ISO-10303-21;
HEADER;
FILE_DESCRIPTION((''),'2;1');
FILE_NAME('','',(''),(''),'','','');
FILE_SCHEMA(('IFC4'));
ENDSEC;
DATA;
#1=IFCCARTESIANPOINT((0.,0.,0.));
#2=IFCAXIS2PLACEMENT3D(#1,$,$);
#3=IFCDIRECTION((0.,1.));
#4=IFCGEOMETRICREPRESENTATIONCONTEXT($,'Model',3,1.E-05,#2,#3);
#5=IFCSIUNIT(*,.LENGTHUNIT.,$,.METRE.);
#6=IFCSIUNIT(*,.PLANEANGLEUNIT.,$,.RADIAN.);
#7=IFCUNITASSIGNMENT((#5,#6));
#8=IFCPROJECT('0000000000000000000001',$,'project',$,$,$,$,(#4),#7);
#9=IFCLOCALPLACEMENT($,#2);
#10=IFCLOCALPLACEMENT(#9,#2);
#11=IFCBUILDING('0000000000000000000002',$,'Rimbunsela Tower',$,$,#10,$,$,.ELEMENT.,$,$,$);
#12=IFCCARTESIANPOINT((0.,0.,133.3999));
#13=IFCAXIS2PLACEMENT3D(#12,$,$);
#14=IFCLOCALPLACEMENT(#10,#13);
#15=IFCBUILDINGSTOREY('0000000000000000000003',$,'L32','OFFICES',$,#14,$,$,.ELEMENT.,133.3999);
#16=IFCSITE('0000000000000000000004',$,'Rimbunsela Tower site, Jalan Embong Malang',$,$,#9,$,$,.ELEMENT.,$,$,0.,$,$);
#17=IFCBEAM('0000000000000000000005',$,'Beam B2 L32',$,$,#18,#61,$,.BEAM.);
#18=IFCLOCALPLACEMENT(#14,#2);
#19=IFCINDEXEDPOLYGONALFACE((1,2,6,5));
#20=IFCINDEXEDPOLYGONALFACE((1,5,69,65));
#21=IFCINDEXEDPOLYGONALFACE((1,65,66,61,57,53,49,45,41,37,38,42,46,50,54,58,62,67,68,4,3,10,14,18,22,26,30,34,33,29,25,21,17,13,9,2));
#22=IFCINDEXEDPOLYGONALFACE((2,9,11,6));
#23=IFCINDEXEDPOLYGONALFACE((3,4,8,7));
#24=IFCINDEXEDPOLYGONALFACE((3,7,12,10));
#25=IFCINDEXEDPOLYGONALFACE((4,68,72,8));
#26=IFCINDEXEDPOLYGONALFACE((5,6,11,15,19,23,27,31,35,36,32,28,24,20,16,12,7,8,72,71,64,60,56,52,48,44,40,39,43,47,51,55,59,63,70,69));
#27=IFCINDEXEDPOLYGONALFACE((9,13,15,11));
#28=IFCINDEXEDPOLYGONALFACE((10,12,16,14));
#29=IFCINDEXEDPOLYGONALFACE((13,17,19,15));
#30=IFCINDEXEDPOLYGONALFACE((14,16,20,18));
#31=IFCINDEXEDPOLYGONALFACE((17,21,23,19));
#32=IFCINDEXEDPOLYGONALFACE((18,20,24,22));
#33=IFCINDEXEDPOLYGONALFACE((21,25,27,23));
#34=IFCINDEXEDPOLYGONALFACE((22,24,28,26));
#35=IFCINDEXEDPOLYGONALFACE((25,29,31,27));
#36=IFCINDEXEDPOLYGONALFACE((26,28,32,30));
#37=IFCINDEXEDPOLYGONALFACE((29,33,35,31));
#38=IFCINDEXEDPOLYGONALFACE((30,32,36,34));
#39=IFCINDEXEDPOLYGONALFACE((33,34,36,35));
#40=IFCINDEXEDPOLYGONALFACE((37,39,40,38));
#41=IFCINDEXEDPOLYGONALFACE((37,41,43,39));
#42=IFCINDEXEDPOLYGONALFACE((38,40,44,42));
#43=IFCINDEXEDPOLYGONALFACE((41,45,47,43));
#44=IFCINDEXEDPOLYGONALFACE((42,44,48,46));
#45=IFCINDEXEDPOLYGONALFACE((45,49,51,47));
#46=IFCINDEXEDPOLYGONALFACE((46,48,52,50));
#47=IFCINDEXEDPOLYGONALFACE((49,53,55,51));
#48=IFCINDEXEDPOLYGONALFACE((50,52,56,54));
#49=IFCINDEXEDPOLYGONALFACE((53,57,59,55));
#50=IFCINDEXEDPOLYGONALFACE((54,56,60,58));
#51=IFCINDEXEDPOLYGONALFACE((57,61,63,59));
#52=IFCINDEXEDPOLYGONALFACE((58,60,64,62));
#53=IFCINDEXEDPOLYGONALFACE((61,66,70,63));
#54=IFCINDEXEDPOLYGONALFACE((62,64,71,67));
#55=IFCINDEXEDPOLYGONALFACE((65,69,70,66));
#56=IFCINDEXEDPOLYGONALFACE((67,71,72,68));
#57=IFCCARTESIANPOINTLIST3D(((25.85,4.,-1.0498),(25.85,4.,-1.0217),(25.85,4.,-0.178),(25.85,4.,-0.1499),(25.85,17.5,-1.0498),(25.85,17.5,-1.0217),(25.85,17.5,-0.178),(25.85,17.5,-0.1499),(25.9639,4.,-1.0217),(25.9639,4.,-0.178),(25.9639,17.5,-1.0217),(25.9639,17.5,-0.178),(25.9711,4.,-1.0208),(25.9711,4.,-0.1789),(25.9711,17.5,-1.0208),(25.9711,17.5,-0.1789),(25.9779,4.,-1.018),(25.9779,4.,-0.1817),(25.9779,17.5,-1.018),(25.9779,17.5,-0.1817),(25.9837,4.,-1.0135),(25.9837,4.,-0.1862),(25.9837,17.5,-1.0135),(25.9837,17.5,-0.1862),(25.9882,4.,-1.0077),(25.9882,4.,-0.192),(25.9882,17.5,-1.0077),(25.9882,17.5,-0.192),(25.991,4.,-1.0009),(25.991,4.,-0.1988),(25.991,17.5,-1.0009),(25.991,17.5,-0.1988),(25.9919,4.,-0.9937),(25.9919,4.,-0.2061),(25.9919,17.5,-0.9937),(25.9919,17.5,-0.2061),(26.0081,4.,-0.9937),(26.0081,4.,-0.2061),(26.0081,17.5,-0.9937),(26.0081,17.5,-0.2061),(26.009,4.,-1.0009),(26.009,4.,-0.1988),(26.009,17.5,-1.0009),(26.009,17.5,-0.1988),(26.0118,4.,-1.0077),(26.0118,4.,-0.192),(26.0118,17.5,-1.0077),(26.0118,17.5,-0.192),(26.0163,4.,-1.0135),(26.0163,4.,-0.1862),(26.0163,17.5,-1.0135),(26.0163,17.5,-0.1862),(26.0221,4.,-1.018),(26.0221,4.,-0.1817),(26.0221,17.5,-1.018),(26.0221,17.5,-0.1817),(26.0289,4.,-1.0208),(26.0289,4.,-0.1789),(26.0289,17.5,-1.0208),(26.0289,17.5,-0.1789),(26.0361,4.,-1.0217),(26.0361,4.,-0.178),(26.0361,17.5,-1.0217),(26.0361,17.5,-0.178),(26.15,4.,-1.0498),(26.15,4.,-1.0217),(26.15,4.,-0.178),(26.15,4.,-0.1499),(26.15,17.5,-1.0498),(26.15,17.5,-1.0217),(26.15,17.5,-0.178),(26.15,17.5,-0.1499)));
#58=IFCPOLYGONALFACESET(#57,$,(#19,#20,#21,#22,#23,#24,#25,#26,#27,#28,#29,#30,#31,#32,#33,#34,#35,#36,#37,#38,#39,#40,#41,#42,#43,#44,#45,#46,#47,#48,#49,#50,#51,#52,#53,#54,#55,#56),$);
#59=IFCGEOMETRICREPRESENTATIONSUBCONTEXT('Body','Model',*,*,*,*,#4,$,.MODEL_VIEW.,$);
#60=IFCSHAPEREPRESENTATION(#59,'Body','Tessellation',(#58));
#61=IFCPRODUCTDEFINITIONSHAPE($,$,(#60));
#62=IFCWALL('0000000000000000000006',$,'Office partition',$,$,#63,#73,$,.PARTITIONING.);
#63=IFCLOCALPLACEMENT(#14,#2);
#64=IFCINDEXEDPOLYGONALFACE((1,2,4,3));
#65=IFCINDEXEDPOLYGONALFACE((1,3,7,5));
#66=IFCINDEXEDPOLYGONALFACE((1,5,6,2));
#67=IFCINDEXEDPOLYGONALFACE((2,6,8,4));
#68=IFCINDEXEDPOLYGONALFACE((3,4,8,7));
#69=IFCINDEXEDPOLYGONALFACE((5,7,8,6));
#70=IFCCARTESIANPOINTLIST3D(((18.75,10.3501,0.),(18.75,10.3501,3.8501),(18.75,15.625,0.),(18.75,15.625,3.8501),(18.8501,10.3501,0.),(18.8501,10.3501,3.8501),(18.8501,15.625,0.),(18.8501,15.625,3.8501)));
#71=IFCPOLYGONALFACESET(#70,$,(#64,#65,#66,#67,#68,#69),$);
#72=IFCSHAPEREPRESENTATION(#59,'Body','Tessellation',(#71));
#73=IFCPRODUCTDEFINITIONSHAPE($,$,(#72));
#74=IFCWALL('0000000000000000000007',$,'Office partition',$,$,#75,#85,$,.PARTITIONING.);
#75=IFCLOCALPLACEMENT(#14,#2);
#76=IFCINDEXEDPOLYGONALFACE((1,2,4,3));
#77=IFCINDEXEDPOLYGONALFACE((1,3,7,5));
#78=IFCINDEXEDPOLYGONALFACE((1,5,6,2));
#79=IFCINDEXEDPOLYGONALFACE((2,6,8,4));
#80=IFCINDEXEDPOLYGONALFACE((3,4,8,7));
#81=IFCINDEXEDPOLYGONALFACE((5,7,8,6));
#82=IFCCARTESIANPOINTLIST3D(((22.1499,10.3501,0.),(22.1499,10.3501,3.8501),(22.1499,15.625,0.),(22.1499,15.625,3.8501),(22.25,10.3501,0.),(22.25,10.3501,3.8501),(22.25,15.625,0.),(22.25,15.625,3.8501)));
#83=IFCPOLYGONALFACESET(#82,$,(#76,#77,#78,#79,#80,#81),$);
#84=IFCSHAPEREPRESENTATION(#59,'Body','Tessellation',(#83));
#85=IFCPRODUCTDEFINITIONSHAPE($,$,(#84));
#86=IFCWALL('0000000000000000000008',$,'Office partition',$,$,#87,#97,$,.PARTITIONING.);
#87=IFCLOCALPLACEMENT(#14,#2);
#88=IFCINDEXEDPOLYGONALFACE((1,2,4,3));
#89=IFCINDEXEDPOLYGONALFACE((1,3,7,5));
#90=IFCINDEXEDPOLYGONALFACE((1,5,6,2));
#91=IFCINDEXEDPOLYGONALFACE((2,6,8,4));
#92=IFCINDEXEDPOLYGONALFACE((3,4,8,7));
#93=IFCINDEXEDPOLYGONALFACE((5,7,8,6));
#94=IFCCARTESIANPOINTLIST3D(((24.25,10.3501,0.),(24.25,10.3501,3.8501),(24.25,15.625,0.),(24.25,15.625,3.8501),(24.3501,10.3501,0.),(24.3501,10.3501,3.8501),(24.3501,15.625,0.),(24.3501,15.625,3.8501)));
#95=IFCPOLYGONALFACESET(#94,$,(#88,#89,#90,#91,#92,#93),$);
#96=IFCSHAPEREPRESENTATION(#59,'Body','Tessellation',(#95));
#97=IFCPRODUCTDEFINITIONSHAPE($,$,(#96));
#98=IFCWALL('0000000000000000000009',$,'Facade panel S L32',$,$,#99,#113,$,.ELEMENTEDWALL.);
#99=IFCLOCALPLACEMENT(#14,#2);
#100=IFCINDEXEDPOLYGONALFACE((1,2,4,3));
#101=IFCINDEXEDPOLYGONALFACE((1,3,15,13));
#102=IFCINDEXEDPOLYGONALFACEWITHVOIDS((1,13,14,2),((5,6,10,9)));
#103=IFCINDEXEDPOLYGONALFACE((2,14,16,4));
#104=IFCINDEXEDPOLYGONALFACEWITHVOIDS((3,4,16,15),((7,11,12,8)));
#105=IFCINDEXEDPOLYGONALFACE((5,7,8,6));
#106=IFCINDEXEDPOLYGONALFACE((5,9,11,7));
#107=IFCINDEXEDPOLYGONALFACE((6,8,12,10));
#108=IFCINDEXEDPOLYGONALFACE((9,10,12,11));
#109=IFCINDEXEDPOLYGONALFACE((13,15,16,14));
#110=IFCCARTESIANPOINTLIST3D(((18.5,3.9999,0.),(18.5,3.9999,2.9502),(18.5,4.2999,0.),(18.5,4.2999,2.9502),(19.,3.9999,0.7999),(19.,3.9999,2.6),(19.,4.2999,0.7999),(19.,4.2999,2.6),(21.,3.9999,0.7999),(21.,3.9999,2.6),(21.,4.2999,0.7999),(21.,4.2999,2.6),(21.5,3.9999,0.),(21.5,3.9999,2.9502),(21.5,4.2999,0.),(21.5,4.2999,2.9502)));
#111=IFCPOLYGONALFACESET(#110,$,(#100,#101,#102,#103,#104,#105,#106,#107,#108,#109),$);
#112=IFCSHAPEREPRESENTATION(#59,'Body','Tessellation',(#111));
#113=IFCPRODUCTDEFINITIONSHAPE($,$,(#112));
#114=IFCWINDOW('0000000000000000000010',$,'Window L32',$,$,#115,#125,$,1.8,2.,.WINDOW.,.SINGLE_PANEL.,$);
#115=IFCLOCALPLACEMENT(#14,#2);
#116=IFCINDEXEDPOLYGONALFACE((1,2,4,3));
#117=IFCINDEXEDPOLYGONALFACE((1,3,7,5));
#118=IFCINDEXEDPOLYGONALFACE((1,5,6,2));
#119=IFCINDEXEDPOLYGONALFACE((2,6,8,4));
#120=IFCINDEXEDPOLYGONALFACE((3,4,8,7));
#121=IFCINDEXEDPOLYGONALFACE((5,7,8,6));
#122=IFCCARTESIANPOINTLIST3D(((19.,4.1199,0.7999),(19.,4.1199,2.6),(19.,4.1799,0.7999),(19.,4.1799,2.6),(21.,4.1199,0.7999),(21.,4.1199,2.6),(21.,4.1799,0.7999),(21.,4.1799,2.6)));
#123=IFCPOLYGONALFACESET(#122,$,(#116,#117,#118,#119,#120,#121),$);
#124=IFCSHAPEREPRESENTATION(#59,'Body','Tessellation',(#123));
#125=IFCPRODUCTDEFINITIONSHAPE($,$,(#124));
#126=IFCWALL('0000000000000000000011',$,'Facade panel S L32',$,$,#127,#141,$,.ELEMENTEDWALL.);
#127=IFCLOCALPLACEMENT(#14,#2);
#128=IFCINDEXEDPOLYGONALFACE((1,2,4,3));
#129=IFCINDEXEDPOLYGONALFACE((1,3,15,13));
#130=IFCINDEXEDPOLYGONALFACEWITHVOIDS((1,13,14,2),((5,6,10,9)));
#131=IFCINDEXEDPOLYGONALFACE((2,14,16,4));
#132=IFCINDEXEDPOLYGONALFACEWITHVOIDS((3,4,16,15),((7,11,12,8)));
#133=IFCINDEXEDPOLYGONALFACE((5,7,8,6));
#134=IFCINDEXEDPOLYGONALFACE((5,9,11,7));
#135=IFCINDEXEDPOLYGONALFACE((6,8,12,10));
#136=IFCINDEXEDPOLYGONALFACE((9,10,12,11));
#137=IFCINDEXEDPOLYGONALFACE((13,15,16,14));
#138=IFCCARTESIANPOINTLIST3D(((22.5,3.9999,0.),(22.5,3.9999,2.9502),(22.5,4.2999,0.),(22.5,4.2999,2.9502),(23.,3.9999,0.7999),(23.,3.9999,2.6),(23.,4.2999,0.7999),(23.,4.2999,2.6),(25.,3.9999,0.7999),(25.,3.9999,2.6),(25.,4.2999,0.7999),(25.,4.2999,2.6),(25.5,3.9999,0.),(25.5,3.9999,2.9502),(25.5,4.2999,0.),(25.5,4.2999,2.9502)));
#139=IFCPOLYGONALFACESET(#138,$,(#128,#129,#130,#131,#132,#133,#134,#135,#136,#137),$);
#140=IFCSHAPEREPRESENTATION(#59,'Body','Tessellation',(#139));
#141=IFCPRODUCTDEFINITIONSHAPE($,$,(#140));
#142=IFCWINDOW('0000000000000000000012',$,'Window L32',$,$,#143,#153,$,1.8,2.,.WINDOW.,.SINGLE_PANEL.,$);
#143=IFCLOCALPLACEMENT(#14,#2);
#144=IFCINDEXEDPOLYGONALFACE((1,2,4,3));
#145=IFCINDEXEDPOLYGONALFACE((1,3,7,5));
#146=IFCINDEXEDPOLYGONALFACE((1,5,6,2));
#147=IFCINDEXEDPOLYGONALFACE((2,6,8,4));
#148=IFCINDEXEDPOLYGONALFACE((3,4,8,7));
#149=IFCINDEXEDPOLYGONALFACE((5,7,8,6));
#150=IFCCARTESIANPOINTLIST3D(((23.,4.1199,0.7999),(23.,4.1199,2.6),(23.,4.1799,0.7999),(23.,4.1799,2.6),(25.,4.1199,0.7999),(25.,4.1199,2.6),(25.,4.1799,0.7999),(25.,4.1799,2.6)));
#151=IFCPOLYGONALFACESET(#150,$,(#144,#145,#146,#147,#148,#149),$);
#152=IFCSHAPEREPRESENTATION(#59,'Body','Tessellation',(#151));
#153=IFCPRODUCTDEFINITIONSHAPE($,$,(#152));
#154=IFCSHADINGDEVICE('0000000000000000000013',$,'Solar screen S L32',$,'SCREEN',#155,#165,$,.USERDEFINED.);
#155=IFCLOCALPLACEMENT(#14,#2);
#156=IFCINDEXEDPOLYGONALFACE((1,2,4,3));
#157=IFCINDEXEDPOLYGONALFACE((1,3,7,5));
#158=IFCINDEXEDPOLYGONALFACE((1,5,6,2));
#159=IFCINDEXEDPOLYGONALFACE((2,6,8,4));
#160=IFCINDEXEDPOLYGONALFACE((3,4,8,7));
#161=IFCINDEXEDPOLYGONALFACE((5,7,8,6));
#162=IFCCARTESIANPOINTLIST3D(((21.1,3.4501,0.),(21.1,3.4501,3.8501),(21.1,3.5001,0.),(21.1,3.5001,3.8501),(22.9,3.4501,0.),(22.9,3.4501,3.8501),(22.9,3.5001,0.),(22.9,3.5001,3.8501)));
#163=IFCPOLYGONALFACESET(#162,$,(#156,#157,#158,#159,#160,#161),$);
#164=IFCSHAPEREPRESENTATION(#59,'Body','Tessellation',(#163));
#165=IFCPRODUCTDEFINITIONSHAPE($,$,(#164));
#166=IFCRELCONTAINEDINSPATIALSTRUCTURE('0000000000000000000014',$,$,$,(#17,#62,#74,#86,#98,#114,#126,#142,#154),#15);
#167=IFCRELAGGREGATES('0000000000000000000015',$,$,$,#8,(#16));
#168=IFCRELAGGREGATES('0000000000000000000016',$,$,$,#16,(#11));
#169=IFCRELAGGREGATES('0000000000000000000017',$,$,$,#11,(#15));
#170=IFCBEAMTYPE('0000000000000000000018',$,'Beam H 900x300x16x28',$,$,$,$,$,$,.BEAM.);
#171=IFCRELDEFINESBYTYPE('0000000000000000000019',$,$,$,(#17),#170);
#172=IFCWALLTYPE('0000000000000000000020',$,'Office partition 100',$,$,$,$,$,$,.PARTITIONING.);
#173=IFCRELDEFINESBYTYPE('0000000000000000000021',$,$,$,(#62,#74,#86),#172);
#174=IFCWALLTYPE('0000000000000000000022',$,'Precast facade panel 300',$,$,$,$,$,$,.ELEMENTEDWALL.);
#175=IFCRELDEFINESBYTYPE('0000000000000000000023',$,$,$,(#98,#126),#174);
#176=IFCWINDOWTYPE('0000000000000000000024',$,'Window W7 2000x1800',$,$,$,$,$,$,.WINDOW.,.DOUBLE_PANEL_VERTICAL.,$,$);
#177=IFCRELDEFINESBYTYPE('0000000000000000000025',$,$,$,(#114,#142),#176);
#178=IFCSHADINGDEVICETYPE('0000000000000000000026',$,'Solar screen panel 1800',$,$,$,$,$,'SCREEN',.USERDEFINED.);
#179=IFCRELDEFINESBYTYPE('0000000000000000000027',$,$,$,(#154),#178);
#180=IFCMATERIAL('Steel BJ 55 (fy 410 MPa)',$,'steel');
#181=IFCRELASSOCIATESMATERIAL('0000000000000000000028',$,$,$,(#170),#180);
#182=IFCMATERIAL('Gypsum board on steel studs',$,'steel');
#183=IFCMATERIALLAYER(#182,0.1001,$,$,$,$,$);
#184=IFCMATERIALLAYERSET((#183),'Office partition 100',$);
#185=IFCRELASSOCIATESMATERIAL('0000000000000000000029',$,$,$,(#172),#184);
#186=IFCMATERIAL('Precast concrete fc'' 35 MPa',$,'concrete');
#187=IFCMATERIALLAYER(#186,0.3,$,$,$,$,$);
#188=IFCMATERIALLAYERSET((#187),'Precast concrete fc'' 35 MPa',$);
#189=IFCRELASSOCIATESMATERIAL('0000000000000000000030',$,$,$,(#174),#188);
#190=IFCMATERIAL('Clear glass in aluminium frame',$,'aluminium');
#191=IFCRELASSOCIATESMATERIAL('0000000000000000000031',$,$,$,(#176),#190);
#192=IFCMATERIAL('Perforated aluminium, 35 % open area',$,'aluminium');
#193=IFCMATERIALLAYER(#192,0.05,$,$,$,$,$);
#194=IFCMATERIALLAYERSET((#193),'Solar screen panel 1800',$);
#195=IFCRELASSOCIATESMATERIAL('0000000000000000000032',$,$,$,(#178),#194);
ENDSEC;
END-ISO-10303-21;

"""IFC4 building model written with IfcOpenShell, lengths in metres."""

from ifc_helpers import new_model, si_unit, direction, frame, frame_2d, origin, origin_2d, place, context, subcontext, project, spatial, rectangle, i_section, extrude, material, layer, layer_set, material_profile, profile_set, type_object, element, fill, save


model = new_model("IFC4")

# Units and contexts
model_context = context("Model", 3, precision=1e-05, world=origin(), true_north=direction((0.0, 1.0)))
body_context = subcontext(model_context, "Body", "Model", "MODEL_VIEW")
ifc_project = project(units=[si_unit("LENGTHUNIT", "METRE"), si_unit("PLANEANGLEUNIT", "RADIAN")], contexts=[model_context])

# Site, building, storey
site_placement = place(None, origin())
site = spatial("IfcSite", under=ifc_project, at=site_placement, Name="Rimbunsela Tower site, Jalan Embong Malang", CompositionType="ELEMENT", RefElevation=0.0)
building_placement = place(site_placement, origin())
building = spatial("IfcBuilding", under=site, at=building_placement, Name="Rimbunsela Tower", CompositionType="ELEMENT")
storey_placement = place(building_placement, frame((0.0, 0.0, 133.3999)))
storey = spatial("IfcBuildingStorey", under=building, at=storey_placement, Name="L32", Description="OFFICES", CompositionType="ELEMENT", Elevation=133.3999)

# Beam
ifc_material_1 = material(Name="Steel BJ 55 (fy 410 MPa)", Category="steel")
ifc_material_profile_1 = material_profile(ifc_material_1, i_section(OverallWidth=0.3, OverallDepth=0.8999, WebThickness=0.0161, FlangeThickness=0.0281, FilletRadius=0.0281, at=origin_2d()), Name="H 900x300x16x28")
ifc_profile_set_1 = profile_set([ifc_material_profile_1], Name="Steel BJ 55 (fy 410 MPa)")
beam_type_1 = type_object("IfcBeamType", Name="Beam H 900x300x16x28", PredefinedType="BEAM", material=ifc_profile_set_1)
beam_1_placement = place(storey_placement, frame((26.0, 4.0, -0.5999), z_axis=(0.0, 1.0, 0.0), x_axis=(-1.0, 0.0, 0.0)))
element("IfcBeam", 1, at=beam_1_placement, inside=storey, type_object=beam_type_1, Name="Beam B2 L32", PredefinedType="BEAM", context=body_context, shape_type="SweptSolid", body=[
    extrude(i_section(OverallWidth=0.3, OverallDepth=0.8999, WebThickness=0.0161, FlangeThickness=0.0281, FilletRadius=0.0281, at=origin_2d()), origin(), (0.0, 0.0, 1.0), 13.5),
])

# Walls
ifc_material_2 = material(Name="Gypsum board on steel studs", Category="steel")
ifc_layer_1 = layer(ifc_material_2, 0.1001)
ifc_layer_set_1 = layer_set([ifc_layer_1], Name="Office partition 100")
wall_type_1 = type_object("IfcWallType", Name="Office partition 100", PredefinedType="PARTITIONING", material=ifc_layer_set_1)
for number, where, z_axis, x_axis, name in (
    (2, (18.8, 10.3501, 0.0), (0.0, 0.0, 1.0), (0.0, 1.0, 0.0), "Office partition"),
    (3, (22.2, 10.3501, 0.0), (0.0, 0.0, 1.0), (0.0, 1.0, 0.0), "Office partition"),
    (4, (24.3, 10.3501, 0.0), (0.0, 0.0, 1.0), (0.0, 1.0, 0.0), "Office partition"),
):
    element("IfcWall", number, at=place(storey_placement, frame(where, z_axis=z_axis, x_axis=x_axis)), inside=storey, type_object=wall_type_1, Name=name, PredefinedType="PARTITIONING", context=body_context, shape_type="SweptSolid", body=[
        extrude(rectangle(XDim=5.2749, YDim=0.1001, at=frame_2d((2.6375, 0.0))), origin(), (0.0, 0.0, 1.0), 3.8501),
    ])

# Walls, openings, windows
ifc_material_3 = material(Name="Precast concrete fc' 35 MPa", Category="concrete")
ifc_layer_2 = layer(ifc_material_3, 0.3)
ifc_layer_set_2 = layer_set([ifc_layer_2], Name="Precast concrete fc' 35 MPa")
wall_type_2 = type_object("IfcWallType", Name="Precast facade panel 300", PredefinedType="ELEMENTEDWALL", material=ifc_layer_set_2)
wall_1_placement = place(storey_placement, frame((18.5, 4.1499, 0.0), z_axis=(0.0, 0.0, 1.0), x_axis=(1.0, 0.0, 0.0)))
wall_1 = element("IfcWall", 5, at=wall_1_placement, inside=storey, type_object=wall_type_2, Name="Facade panel S L32", PredefinedType="ELEMENTEDWALL", context=body_context, shape_type="SweptSolid", body=[
    extrude(rectangle(XDim=3.0, YDim=0.3, at=frame_2d((1.5, 0.0))), origin(), (0.0, 0.0, 1.0), 2.9502),
])
opening_1_placement = place(wall_1_placement, frame((0.5, 0.0, 0.8)))
opening_1 = element("IfcOpeningElement", 6, at=opening_1_placement, cuts=wall_1, PredefinedType="OPENING", context=body_context, shape_type="SweptSolid", body=[
    extrude(rectangle(XDim=2.0, YDim=1.8, at=frame_2d((1.0, 0.8999))), frame((0.0, 0.1599, 0.0), z_axis=(0.0, -1.0, 0.0), x_axis=(1.0, 0.0, 0.0)), (0.0, 0.0, 1.0), 0.3201),
])
ifc_material_4 = material(Name="Clear glass in aluminium frame", Category="aluminium")
window_type = type_object("IfcWindowType", Name="Window W7 2000x1800", PartitioningType="DOUBLE_PANEL_VERTICAL", PredefinedType="WINDOW", material=ifc_material_4)
window_1_placement = place(opening_1_placement, origin())
window_1 = element("IfcWindow", 7, at=window_1_placement, inside=storey, type_object=window_type, Name="Window L32", OverallHeight=1.8, OverallWidth=2.0, PartitioningType="SINGLE_PANEL", PredefinedType="WINDOW", context=body_context, shape_type="SweptSolid", body=[
    extrude(rectangle(XDim=2.0, YDim=1.8, at=frame_2d((1.0, 0.8999))), frame((0.0, 0.03, 0.0), z_axis=(0.0, -1.0, 0.0), x_axis=(1.0, 0.0, 0.0)), (0.0, 0.0, 1.0), 0.0601),
])
fill(opening_1, window_1)
wall_2_placement = place(storey_placement, frame((22.5, 4.1499, 0.0), z_axis=(0.0, 0.0, 1.0), x_axis=(1.0, 0.0, 0.0)))
wall_2 = element("IfcWall", 8, at=wall_2_placement, inside=storey, type_object=wall_type_2, Name="Facade panel S L32", PredefinedType="ELEMENTEDWALL", context=body_context, shape_type="SweptSolid", body=[
    extrude(rectangle(XDim=3.0, YDim=0.3, at=frame_2d((1.5, 0.0))), origin(), (0.0, 0.0, 1.0), 2.9502),
])
opening_2_placement = place(wall_2_placement, frame((0.5, 0.0, 0.8)))
opening_2 = element("IfcOpeningElement", 9, at=opening_2_placement, cuts=wall_2, PredefinedType="OPENING", context=body_context, shape_type="SweptSolid", body=[
    extrude(rectangle(XDim=2.0, YDim=1.8, at=frame_2d((1.0, 0.8999))), frame((0.0, 0.1599, 0.0), z_axis=(0.0, -1.0, 0.0), x_axis=(1.0, 0.0, 0.0)), (0.0, 0.0, 1.0), 0.3201),
])
window_2_placement = place(opening_2_placement, origin())
window_2 = element("IfcWindow", 10, at=window_2_placement, inside=storey, type_object=window_type, Name="Window L32", OverallHeight=1.8, OverallWidth=2.0, PartitioningType="SINGLE_PANEL", PredefinedType="WINDOW", context=body_context, shape_type="SweptSolid", body=[
    extrude(rectangle(XDim=2.0, YDim=1.8, at=frame_2d((1.0, 0.8999))), frame((0.0, 0.03, 0.0), z_axis=(0.0, -1.0, 0.0), x_axis=(1.0, 0.0, 0.0)), (0.0, 0.0, 1.0), 0.0601),
])
fill(opening_2, window_2)

# Shading device
ifc_material_5 = material(Name="Perforated aluminium, 35 % open area", Category="aluminium")
ifc_layer_3 = layer(ifc_material_5, 0.05)
ifc_layer_set_3 = layer_set([ifc_layer_3], Name="Solar screen panel 1800")
shading_device_type = type_object("IfcShadingDeviceType", Name="Solar screen panel 1800", ElementType="SCREEN", PredefinedType="USERDEFINED", material=ifc_layer_set_3)
shading_device_placement = place(storey_placement, frame((22.0, 3.4751, 0.0), z_axis=(0.0, 0.0, 1.0), x_axis=(1.0, 0.0, 0.0)))
element("IfcShadingDevice", 11, at=shading_device_placement, inside=storey, type_object=shading_device_type, Name="Solar screen S L32", ObjectType="SCREEN", PredefinedType="USERDEFINED", context=body_context, shape_type="SweptSolid", body=[
    extrude(rectangle(XDim=1.8, YDim=0.05, at=origin_2d()), origin(), (0.0, 0.0, 1.0), 3.8501),
])

save(model, "model.ifc")
